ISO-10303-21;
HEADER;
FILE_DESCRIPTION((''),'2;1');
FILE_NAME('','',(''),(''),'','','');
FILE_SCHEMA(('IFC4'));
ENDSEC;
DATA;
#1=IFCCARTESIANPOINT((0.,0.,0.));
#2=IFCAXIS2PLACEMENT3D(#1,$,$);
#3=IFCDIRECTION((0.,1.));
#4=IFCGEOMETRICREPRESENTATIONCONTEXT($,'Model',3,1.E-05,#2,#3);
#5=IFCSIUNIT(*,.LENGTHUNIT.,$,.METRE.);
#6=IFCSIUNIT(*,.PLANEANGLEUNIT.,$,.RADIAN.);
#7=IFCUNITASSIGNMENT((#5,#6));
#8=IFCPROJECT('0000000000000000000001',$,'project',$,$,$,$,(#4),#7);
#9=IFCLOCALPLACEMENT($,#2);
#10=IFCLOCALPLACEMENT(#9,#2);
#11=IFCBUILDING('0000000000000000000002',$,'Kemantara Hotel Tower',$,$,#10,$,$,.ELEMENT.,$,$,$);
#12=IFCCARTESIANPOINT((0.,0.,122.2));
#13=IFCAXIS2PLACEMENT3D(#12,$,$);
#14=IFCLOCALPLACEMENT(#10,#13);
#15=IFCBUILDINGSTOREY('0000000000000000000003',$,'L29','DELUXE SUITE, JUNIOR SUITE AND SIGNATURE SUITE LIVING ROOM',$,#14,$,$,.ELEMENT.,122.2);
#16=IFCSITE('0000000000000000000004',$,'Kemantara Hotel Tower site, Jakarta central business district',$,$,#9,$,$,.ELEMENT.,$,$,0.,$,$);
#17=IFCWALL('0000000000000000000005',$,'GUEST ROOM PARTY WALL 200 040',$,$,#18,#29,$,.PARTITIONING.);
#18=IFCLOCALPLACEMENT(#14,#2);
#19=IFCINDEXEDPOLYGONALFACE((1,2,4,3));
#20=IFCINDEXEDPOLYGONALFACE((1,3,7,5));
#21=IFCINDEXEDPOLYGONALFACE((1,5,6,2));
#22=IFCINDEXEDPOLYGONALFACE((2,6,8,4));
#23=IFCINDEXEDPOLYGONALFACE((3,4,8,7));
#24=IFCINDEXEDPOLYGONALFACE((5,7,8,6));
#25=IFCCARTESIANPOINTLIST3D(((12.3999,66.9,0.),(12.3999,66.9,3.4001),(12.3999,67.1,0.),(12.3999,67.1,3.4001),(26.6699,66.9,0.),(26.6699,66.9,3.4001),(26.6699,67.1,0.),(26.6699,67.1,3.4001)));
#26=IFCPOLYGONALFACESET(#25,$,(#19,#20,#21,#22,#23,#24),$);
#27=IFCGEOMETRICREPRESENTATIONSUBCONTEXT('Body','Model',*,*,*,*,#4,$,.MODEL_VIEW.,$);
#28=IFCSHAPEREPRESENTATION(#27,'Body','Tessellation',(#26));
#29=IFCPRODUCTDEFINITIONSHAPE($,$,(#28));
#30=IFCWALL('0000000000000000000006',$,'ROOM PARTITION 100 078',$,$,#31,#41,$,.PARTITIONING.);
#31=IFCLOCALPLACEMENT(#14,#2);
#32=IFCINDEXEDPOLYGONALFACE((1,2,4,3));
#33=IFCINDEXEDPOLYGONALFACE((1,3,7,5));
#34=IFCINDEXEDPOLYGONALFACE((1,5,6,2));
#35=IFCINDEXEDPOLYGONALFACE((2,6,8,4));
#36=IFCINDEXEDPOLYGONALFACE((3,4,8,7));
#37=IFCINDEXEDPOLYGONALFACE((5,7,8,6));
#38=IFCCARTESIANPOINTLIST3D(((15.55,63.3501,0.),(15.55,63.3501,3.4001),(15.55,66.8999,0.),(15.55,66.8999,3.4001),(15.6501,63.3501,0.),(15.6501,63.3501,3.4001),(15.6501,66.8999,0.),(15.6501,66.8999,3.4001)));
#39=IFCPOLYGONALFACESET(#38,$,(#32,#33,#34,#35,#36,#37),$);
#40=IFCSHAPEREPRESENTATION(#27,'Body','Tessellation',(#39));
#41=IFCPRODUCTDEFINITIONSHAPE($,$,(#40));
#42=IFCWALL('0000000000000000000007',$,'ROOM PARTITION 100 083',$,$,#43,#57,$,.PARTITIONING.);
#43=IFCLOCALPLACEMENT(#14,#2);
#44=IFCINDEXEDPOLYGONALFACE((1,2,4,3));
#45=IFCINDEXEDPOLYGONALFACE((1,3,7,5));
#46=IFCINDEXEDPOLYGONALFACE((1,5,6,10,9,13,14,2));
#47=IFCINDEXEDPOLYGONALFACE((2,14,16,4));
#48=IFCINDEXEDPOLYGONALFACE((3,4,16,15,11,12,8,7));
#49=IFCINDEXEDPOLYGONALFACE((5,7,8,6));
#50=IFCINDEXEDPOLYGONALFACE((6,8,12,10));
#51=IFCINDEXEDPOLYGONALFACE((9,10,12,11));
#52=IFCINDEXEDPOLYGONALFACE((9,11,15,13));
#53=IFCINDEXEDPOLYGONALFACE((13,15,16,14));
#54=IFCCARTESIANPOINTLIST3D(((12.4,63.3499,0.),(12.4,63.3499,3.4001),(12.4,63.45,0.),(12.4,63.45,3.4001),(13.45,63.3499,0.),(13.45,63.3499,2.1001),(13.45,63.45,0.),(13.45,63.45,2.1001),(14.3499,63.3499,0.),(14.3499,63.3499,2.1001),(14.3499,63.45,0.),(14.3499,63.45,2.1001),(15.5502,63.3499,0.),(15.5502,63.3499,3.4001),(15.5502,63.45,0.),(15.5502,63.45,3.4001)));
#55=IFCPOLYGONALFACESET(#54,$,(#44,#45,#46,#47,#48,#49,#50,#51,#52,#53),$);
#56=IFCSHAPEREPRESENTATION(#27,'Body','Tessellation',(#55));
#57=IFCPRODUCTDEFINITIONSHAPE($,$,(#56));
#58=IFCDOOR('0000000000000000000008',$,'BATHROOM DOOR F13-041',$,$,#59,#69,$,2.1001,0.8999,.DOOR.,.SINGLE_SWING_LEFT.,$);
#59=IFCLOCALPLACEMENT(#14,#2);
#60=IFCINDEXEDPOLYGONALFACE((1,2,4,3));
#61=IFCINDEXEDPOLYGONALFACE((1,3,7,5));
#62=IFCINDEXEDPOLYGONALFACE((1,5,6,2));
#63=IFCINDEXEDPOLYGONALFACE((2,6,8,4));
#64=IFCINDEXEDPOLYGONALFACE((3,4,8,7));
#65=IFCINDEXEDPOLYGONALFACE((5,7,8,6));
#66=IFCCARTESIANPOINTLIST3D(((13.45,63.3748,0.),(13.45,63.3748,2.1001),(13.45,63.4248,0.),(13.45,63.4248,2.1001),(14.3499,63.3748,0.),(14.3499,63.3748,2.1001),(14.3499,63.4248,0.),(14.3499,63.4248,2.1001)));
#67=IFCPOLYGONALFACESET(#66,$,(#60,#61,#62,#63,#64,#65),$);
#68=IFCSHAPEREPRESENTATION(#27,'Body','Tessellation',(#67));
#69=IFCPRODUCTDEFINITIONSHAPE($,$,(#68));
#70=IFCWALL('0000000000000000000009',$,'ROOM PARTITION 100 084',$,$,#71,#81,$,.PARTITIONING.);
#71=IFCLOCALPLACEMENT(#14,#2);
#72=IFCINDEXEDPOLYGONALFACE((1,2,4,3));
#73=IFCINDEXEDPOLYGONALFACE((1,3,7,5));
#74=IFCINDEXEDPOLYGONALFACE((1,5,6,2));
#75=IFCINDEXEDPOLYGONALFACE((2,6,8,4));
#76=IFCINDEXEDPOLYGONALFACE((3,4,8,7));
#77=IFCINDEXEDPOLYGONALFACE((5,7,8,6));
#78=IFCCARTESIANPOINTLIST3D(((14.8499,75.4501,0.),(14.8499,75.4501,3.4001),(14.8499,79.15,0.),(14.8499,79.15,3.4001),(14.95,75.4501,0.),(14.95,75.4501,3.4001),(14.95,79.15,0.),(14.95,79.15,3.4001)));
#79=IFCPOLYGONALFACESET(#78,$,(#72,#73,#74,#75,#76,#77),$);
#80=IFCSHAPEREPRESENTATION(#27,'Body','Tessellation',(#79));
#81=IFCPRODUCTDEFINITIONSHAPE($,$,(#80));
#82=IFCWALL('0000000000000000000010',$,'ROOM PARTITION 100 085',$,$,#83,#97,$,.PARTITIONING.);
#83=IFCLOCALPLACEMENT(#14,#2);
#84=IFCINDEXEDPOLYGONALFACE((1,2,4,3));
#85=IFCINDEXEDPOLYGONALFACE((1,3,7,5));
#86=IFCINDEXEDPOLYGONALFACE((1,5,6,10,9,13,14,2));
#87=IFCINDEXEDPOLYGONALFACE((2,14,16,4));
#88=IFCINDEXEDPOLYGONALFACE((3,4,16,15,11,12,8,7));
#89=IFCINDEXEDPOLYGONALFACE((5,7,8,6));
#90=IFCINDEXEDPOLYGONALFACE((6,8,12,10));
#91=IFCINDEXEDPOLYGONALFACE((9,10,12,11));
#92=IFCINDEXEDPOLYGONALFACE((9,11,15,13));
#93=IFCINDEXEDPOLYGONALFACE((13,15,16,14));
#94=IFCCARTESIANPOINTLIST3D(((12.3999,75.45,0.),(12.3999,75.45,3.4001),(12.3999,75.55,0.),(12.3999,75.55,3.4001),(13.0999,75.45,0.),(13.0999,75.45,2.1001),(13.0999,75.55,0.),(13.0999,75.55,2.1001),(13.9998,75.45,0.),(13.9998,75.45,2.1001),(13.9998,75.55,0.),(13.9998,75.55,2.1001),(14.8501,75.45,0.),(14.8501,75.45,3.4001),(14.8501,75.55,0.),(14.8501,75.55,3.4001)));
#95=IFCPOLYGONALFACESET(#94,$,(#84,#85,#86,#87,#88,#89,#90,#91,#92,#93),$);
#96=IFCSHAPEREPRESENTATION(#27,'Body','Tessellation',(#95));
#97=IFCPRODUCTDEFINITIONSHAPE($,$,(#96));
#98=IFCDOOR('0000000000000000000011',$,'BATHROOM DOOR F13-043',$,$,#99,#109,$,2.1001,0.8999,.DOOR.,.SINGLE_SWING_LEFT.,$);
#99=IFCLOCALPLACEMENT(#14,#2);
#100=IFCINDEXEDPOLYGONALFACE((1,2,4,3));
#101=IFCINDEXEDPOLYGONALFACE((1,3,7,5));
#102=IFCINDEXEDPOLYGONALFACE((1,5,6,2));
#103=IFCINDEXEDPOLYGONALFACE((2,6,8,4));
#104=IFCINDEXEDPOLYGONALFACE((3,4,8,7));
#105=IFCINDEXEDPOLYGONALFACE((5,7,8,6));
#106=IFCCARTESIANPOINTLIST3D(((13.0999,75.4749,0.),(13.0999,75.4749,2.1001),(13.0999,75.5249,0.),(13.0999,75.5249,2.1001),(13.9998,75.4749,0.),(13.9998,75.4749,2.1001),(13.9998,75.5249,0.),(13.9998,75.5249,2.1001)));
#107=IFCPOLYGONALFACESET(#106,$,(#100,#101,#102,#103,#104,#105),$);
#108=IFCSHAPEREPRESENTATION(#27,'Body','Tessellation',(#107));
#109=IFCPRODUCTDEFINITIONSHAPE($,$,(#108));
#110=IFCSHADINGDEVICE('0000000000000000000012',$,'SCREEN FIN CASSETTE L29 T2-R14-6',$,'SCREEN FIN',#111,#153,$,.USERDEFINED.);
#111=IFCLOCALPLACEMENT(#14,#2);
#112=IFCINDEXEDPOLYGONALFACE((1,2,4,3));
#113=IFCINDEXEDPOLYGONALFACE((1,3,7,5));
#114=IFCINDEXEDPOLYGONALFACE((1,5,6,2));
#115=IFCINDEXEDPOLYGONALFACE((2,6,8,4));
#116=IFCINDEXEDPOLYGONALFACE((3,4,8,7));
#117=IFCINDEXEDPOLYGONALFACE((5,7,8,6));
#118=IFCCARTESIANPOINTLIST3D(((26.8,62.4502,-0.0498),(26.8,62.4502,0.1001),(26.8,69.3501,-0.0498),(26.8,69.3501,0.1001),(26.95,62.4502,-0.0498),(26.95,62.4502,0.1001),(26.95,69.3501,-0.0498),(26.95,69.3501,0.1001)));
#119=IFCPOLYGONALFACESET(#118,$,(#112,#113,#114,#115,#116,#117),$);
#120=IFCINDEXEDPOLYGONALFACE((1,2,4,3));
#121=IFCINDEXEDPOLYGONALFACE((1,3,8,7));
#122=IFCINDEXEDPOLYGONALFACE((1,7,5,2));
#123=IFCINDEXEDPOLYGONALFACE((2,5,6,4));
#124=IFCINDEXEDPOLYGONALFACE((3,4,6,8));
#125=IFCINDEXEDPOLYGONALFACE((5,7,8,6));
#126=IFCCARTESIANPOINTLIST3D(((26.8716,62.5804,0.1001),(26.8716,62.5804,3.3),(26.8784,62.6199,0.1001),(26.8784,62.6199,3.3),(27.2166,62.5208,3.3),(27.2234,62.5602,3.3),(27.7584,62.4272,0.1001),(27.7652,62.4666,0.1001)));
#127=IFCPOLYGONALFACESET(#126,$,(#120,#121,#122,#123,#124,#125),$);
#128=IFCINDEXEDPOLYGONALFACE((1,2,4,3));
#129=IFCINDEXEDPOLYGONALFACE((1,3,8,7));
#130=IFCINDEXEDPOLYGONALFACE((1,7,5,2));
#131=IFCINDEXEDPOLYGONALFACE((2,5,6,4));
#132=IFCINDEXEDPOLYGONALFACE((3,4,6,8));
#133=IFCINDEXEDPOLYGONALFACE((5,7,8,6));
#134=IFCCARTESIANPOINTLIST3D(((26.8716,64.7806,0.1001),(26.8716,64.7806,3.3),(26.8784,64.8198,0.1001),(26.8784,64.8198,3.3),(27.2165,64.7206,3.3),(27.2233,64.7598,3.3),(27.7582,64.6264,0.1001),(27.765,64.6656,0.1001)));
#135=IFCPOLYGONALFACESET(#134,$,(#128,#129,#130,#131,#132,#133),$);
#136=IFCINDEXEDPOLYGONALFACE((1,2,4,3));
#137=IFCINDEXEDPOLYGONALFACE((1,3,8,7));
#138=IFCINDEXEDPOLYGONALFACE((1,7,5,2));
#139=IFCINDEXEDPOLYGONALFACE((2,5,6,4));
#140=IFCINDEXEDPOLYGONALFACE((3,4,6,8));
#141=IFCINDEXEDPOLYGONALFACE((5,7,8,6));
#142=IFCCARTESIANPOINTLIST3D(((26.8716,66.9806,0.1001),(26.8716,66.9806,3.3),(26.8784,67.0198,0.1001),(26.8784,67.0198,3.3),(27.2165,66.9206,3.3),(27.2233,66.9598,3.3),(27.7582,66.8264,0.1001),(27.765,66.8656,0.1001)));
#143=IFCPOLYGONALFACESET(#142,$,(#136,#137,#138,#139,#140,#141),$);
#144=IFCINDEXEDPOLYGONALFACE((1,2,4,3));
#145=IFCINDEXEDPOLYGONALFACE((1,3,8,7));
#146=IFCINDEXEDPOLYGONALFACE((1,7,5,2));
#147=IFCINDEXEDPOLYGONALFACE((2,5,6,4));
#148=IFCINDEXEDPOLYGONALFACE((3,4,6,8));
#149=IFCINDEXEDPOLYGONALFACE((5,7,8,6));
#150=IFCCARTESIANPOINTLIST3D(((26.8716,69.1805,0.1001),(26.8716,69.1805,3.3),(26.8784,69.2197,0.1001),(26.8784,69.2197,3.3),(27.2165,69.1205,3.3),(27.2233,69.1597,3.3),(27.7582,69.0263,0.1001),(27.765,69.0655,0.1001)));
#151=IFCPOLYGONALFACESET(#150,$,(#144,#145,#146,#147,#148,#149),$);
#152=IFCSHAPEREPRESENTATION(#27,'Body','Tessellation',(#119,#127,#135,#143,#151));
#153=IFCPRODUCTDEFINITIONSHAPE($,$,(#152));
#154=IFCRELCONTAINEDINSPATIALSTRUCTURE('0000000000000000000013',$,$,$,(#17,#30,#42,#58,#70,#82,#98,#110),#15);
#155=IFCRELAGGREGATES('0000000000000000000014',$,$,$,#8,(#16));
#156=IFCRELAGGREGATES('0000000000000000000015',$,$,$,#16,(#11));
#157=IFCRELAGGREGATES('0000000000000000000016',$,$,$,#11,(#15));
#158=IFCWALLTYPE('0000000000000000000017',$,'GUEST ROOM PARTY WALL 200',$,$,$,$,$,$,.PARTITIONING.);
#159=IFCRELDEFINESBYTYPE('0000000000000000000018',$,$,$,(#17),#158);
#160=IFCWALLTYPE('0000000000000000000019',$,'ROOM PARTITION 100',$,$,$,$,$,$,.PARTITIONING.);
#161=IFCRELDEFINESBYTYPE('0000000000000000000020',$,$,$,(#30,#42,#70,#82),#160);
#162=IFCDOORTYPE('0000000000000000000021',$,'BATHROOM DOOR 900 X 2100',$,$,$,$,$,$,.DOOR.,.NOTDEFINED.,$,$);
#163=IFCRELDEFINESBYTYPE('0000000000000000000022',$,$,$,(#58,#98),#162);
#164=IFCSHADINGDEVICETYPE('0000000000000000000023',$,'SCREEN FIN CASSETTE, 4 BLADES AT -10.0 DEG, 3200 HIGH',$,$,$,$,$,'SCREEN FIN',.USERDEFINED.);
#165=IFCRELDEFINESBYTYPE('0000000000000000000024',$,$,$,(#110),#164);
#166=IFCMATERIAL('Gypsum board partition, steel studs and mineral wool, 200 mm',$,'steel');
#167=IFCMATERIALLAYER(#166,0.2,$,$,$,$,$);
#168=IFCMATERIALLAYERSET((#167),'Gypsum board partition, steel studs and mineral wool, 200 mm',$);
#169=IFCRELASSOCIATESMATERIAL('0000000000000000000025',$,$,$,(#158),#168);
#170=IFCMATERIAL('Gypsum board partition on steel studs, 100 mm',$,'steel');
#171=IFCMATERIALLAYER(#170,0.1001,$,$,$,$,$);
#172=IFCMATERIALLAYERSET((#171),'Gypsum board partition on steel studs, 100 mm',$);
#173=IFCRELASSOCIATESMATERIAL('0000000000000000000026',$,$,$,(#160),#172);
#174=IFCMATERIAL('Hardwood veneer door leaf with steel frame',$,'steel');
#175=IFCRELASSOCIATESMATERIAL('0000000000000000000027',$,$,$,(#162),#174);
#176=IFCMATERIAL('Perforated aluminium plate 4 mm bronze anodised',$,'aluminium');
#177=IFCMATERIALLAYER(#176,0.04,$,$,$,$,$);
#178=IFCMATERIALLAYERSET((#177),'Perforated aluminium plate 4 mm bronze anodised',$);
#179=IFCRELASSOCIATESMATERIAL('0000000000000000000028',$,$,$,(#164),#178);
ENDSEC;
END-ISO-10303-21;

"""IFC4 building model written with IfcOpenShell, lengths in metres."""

from ifc_helpers import new_model, si_unit, direction, frame, frame_2d, origin, origin_2d, place, context, subcontext, project, spatial, polyline, rectangle, outline, extrude, source, transform, mapped, material, layer, layer_set, type_object, element, fill, save


model = new_model("IFC4")

# Units and contexts
model_context = context("Model", 3, precision=1e-05, world=origin(), true_north=direction((0.0, 1.0)))
body_context = subcontext(model_context, "Body", "Model", "MODEL_VIEW")
ifc_project = project(units=[si_unit("LENGTHUNIT", "METRE"), si_unit("PLANEANGLEUNIT", "RADIAN")], contexts=[model_context])

# Site, building, storey
site_placement = place(None, origin())
site = spatial("IfcSite", under=ifc_project, at=site_placement, Name="Kemantara Hotel Tower site, Jakarta central business district", CompositionType="ELEMENT", RefElevation=0.0)
building_placement = place(site_placement, origin())
building = spatial("IfcBuilding", under=site, at=building_placement, Name="Kemantara Hotel Tower", CompositionType="ELEMENT")
storey_placement = place(building_placement, frame((0.0, 0.0, 122.2)))
storey = spatial("IfcBuildingStorey", under=building, at=storey_placement, Name="L29", Description="DELUXE SUITE, JUNIOR SUITE AND SIGNATURE SUITE LIVING ROOM", CompositionType="ELEMENT", Elevation=122.2)

# Walls
ifc_material_1 = material(Name="Gypsum board partition, steel studs and mineral wool, 200 mm", Category="steel")
ifc_layer_1 = layer(ifc_material_1, 0.2)
ifc_layer_set_1 = layer_set([ifc_layer_1], Name="Gypsum board partition, steel studs and mineral wool, 200 mm")
wall_type_1 = type_object("IfcWallType", Name="GUEST ROOM PARTY WALL 200", PredefinedType="PARTITIONING", material=ifc_layer_set_1)
for number, where, z_axis, x_axis, name in (
    (1, (12.3999, 67.0, 0.0), (0.0, 0.0, 1.0), (1.0, 0.0, 0.0), "GUEST ROOM PARTY WALL 200 040"),
):
    element("IfcWall", number, at=place(storey_placement, frame(where, z_axis=z_axis, x_axis=x_axis)), inside=storey, type_object=wall_type_1, Name=name, PredefinedType="PARTITIONING", context=body_context, shape_type="SweptSolid", body=[
        extrude(rectangle(XDim=14.27, YDim=0.2, at=frame_2d((7.135, 0.0))), origin(), (0.0, 0.0, 1.0), 3.4001),
    ])
ifc_material_2 = material(Name="Gypsum board partition on steel studs, 100 mm", Category="steel")
ifc_layer_2 = layer(ifc_material_2, 0.1001)
ifc_layer_set_2 = layer_set([ifc_layer_2], Name="Gypsum board partition on steel studs, 100 mm")
wall_type_2 = type_object("IfcWallType", Name="ROOM PARTITION 100", PredefinedType="PARTITIONING", material=ifc_layer_set_2)
wall_1_placement = place(storey_placement, frame((15.6001, 63.3501, 0.0), z_axis=(0.0, 0.0, 1.0), x_axis=(0.0, 1.0, 0.0)))
element("IfcWall", 2, at=wall_1_placement, inside=storey, type_object=wall_type_2, Name="ROOM PARTITION 100 078", PredefinedType="PARTITIONING", context=body_context, shape_type="SweptSolid", body=[
    extrude(rectangle(XDim=3.5498, YDim=0.1001, at=frame_2d((1.7749, 0.0))), origin(), (0.0, 0.0, 1.0), 3.4001),
])

# Wall, opening, door
wall_2_placement = place(storey_placement, frame((12.3999, 63.3999, 0.0), z_axis=(0.0, 0.0, 1.0), x_axis=(1.0, 0.0, 0.0)))
wall_2 = element("IfcWall", 3, at=wall_2_placement, inside=storey, type_object=wall_type_2, Name="ROOM PARTITION 100 083", PredefinedType="PARTITIONING", context=body_context, shape_type="SweptSolid", body=[
    extrude(rectangle(XDim=3.1501, YDim=0.1001, at=frame_2d((1.5752, 0.0))), origin(), (0.0, 0.0, 1.0), 3.4001),
])
opening_1_placement = place(wall_2_placement, frame((1.05, 0.0, 0.0)))
opening_1 = element("IfcOpeningElement", 4, at=opening_1_placement, cuts=wall_2, PredefinedType="OPENING", context=body_context, shape_type="SweptSolid", body=[
    extrude(rectangle(XDim=0.8999, YDim=2.1001, at=frame_2d((0.45, 1.05))), frame((0.0, 0.0601, 0.0), z_axis=(0.0, -1.0, 0.0), x_axis=(1.0, 0.0, 0.0)), (0.0, 0.0, 1.0), 0.1201),
])
ifc_material_3 = material(Name="Hardwood veneer door leaf with steel frame", Category="steel")
door_type = type_object("IfcDoorType", Name="BATHROOM DOOR 900 X 2100", OperationType="NOTDEFINED", PredefinedType="DOOR", material=ifc_material_3)
door_1_placement = place(opening_1_placement, origin())
door_1 = element("IfcDoor", 5, at=door_1_placement, inside=storey, type_object=door_type, Name="BATHROOM DOOR F13-041", OperationType="SINGLE_SWING_LEFT", OverallHeight=2.1001, OverallWidth=0.8999, PredefinedType="DOOR", context=body_context, shape_type="SweptSolid", body=[
    extrude(rectangle(XDim=0.8999, YDim=2.1001, at=frame_2d((0.45, 1.05))), frame((0.0, 0.0249, 0.0), z_axis=(0.0, -1.0, 0.0), x_axis=(1.0, 0.0, 0.0)), (0.0, 0.0, 1.0), 0.05),
])
fill(opening_1, door_1)

# Wall
wall_3_placement = place(storey_placement, frame((14.8999, 75.45, 0.0), z_axis=(0.0, 0.0, 1.0), x_axis=(0.0, 1.0, 0.0)))
element("IfcWall", 6, at=wall_3_placement, inside=storey, type_object=wall_type_2, Name="ROOM PARTITION 100 084", PredefinedType="PARTITIONING", context=body_context, shape_type="SweptSolid", body=[
    extrude(rectangle(XDim=3.7, YDim=0.1001, at=frame_2d((1.8501, 0.0))), origin(), (0.0, 0.0, 1.0), 3.4001),
])

# Wall, opening, door
wall_4_placement = place(storey_placement, frame((12.3999, 75.5, 0.0), z_axis=(0.0, 0.0, 1.0), x_axis=(1.0, 0.0, 0.0)))
wall_4 = element("IfcWall", 7, at=wall_4_placement, inside=storey, type_object=wall_type_2, Name="ROOM PARTITION 100 085", PredefinedType="PARTITIONING", context=body_context, shape_type="SweptSolid", body=[
    extrude(rectangle(XDim=2.4502, YDim=0.1001, at=frame_2d((1.2251, 0.0))), origin(), (0.0, 0.0, 1.0), 3.4001),
])
opening_2_placement = place(wall_4_placement, frame((0.7, 0.0, 0.0)))
opening_2 = element("IfcOpeningElement", 8, at=opening_2_placement, cuts=wall_4, PredefinedType="OPENING", context=body_context, shape_type="SweptSolid", body=[
    extrude(rectangle(XDim=0.8999, YDim=2.1001, at=frame_2d((0.45, 1.05))), frame((0.0, 0.0601, 0.0), z_axis=(0.0, -1.0, 0.0), x_axis=(1.0, 0.0, 0.0)), (0.0, 0.0, 1.0), 0.1201),
])
door_2_placement = place(opening_2_placement, origin())
door_2 = element("IfcDoor", 9, at=door_2_placement, inside=storey, type_object=door_type, Name="BATHROOM DOOR F13-043", OperationType="SINGLE_SWING_LEFT", OverallHeight=2.1001, OverallWidth=0.8999, PredefinedType="DOOR", context=body_context, shape_type="SweptSolid", body=[
    extrude(rectangle(XDim=0.8999, YDim=2.1001, at=frame_2d((0.45, 1.05))), frame((0.0, 0.0249, 0.0), z_axis=(0.0, -1.0, 0.0), x_axis=(1.0, 0.0, 0.0)), (0.0, 0.0, 1.0), 0.05),
])
fill(opening_2, door_2)

# Shading device
ifc_material_4 = material(Name="Perforated aluminium plate 4 mm bronze anodised", Category="aluminium")
ifc_layer_3 = layer(ifc_material_4, 0.04)
ifc_layer_set_3 = layer_set([ifc_layer_3], Name="Perforated aluminium plate 4 mm bronze anodised")
shading_device_type_1 = type_object("IfcShadingDeviceType", Name="SCREEN FIN CASSETTE, 4 BLADES AT -10.0 DEG, 3200 HIGH", ElementType="SCREEN FIN", PredefinedType="USERDEFINED", material=ifc_layer_set_3)
shared_shape_1 = source(origin(), body_context, "Body", "SweptSolid", [
    extrude(rectangle(XDim=6.8999, YDim=0.1499, at=origin_2d()), frame((3.3, -0.075, -0.1499), z_axis=(0.0, 0.0, 1.0), x_axis=(1.0, 0.0, 0.0)), (0.0, 0.0, 1.0), 0.1499),
    extrude(outline(polyline([(0.0, 0.0), (0.8999, 0.0), (0.3501, 3.2), (0.0, 3.2), (0.0, 0.0)])), frame((0.0198, -0.0784, 0.0), z_axis=(-0.98539, 0.170314, 0.0), x_axis=(-0.170314, -0.98539, 0.0)), (0.0, 0.0, 1.0), 0.04),
    extrude(outline(polyline([(0.0, 0.0), (0.8999, 0.0), (0.3501, 3.2), (0.0, 3.2), (0.0, 0.0)])), frame((2.2197, -0.0784, 0.0), z_axis=(-0.985212, 0.171341, 0.0), x_axis=(-0.171341, -0.985212, 0.0)), (0.0, 0.0, 1.0), 0.0398),
    extrude(outline(polyline([(0.0, 0.0), (0.8999, 0.0), (0.3501, 3.2), (0.0, 3.2), (0.0, 0.0)])), frame((4.4197, -0.0784, 0.0), z_axis=(-0.985212, 0.171341, 0.0), x_axis=(-0.171341, -0.985212, 0.0)), (0.0, 0.0, 1.0), 0.0398),
    extrude(outline(polyline([(0.0, 0.0), (0.8999, 0.0), (0.3501, 3.2), (0.0, 3.2), (0.0, 0.0)])), frame((6.6196, -0.0784, 0.0), z_axis=(-0.985212, 0.171341, 0.0), x_axis=(-0.171341, -0.985212, 0.0)), (0.0, 0.0, 1.0), 0.0398),
])
shading_device_1_placement = place(storey_placement, frame((26.8, 62.6001, 0.1001), z_axis=(0.0, 0.0, 1.0), x_axis=(0.0, 1.0, 0.0)))
element("IfcShadingDevice", 10, at=shading_device_1_placement, inside=storey, type_object=shading_device_type_1, Name="SCREEN FIN CASSETTE L29 T2-R14-6", ObjectType="SCREEN FIN", PredefinedType="USERDEFINED", context=body_context, shape_type="MappedRepresentation", body=[
    mapped(shared_shape_1, transform((0.0, 0.0, 0.0))),
])

save(model, "model.ifc")
